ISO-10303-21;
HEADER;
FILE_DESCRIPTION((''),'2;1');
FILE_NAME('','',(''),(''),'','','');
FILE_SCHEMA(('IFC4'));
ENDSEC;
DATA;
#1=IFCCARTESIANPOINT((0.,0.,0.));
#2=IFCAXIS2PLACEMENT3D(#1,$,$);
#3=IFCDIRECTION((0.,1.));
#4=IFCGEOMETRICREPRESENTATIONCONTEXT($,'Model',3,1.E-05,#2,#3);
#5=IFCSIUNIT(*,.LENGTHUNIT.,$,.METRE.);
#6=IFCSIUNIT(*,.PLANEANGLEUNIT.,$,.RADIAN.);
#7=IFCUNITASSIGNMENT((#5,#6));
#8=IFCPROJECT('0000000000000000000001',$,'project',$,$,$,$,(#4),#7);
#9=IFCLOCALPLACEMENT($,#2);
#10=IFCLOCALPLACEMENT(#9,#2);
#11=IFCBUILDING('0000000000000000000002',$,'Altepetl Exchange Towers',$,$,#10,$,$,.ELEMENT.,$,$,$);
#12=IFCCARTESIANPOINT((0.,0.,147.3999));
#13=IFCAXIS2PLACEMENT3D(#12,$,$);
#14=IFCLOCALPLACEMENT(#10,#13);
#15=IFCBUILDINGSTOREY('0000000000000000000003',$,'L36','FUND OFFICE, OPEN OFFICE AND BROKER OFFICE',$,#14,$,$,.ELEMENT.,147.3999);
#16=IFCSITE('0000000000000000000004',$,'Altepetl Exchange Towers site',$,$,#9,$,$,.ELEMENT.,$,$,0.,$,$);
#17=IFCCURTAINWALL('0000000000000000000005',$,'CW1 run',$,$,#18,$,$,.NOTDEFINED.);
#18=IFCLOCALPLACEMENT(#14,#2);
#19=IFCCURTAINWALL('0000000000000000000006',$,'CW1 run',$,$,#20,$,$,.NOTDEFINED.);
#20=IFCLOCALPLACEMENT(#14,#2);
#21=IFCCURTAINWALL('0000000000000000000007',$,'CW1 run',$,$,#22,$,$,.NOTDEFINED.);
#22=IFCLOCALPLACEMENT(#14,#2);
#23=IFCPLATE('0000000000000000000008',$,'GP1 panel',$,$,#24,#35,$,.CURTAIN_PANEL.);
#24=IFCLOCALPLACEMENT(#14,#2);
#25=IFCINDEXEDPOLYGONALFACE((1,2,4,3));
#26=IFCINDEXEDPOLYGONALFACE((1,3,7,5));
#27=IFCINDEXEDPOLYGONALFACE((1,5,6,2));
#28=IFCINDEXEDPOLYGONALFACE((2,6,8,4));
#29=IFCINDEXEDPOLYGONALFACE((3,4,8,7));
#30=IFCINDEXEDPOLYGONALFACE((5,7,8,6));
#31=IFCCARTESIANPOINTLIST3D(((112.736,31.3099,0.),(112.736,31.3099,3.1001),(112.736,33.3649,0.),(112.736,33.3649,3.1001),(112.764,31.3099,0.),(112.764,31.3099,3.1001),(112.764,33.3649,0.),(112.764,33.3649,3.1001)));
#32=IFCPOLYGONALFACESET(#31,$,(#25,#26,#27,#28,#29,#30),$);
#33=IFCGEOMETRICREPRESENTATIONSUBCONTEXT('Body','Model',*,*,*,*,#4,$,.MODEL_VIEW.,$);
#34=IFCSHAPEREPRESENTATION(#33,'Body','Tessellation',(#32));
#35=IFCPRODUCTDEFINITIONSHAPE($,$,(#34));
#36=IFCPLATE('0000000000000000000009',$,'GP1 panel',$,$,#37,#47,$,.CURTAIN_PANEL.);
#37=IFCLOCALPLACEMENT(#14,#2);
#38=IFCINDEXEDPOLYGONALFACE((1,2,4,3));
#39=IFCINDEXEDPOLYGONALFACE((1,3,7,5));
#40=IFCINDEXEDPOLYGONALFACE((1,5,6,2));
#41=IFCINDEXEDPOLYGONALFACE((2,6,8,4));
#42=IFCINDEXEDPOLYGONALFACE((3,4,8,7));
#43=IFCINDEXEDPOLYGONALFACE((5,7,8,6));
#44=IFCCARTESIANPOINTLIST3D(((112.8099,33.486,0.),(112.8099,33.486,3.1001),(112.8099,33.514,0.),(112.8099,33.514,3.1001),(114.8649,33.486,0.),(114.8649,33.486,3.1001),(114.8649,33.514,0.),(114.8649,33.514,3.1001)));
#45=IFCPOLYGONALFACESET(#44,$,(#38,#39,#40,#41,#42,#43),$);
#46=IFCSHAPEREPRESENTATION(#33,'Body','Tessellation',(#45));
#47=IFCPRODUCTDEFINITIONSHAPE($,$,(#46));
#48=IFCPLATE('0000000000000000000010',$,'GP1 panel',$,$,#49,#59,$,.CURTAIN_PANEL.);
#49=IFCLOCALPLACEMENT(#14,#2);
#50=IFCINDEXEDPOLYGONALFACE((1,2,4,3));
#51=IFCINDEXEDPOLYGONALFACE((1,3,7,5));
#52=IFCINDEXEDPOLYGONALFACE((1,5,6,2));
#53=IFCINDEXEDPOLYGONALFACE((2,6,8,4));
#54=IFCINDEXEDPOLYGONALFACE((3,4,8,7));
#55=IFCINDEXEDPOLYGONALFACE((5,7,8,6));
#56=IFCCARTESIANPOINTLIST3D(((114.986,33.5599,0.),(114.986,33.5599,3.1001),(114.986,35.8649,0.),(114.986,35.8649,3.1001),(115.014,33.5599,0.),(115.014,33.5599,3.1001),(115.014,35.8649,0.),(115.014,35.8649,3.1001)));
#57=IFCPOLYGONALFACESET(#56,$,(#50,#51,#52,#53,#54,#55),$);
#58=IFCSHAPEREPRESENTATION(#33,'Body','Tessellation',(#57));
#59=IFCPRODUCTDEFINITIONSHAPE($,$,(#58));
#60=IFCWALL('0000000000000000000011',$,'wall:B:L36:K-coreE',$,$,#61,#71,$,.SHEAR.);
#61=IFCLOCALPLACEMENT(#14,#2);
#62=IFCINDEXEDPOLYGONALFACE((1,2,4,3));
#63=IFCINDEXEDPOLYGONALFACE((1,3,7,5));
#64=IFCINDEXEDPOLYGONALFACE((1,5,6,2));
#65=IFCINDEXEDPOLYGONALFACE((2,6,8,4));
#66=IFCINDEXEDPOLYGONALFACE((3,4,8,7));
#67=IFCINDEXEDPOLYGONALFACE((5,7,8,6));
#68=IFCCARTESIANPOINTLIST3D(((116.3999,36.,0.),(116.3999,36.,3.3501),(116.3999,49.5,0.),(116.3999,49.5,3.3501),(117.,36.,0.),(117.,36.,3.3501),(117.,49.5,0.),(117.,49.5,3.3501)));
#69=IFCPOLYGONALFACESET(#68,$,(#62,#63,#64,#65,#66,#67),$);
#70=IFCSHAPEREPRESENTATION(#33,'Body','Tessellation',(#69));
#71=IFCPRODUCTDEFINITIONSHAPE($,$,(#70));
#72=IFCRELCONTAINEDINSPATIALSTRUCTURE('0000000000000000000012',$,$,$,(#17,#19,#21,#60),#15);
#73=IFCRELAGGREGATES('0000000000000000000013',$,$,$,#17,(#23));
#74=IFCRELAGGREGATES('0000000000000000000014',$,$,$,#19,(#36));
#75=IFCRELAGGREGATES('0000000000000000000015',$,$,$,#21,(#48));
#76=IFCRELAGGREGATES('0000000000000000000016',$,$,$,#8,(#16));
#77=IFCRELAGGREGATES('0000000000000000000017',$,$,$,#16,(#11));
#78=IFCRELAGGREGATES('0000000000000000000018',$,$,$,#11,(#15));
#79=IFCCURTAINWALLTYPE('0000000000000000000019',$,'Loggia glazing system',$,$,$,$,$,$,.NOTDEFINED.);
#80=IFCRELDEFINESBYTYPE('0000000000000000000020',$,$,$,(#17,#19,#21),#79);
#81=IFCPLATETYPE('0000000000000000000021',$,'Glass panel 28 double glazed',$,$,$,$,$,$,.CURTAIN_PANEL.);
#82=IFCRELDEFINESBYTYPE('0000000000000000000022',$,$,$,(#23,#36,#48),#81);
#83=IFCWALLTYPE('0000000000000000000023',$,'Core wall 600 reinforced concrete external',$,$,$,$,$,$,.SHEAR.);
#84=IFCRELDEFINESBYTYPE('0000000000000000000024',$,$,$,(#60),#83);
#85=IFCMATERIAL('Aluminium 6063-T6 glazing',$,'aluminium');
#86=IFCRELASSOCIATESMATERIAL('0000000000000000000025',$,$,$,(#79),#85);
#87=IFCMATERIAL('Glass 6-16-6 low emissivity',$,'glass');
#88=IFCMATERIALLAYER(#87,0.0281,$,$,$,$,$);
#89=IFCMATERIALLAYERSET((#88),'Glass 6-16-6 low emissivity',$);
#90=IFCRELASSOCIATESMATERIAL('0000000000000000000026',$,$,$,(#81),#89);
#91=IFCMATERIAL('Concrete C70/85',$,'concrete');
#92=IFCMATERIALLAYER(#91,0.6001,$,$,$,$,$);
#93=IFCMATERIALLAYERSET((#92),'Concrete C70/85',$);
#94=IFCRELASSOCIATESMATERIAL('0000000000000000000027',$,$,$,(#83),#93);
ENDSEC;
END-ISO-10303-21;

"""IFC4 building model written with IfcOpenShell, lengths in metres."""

from ifc_helpers import new_model, si_unit, direction, frame, frame_2d, origin, origin_2d, place, context, subcontext, project, spatial, rectangle, extrude, material, layer, layer_set, type_object, element, aggregate, save


model = new_model("IFC4")

# Units and contexts
model_context = context("Model", 3, precision=1e-05, world=origin(), true_north=direction((0.0, 1.0)))
body_context = subcontext(model_context, "Body", "Model", "MODEL_VIEW")
ifc_project = project(units=[si_unit("LENGTHUNIT", "METRE"), si_unit("PLANEANGLEUNIT", "RADIAN")], contexts=[model_context])

# Site, building, storey
site_placement = place(None, origin())
site = spatial("IfcSite", under=ifc_project, at=site_placement, Name="Altepetl Exchange Towers site", CompositionType="ELEMENT", RefElevation=0.0)
building_placement = place(site_placement, origin())
building = spatial("IfcBuilding", under=site, at=building_placement, Name="Altepetl Exchange Towers", CompositionType="ELEMENT")
storey_placement = place(building_placement, frame((0.0, 0.0, 147.3999)))
storey = spatial("IfcBuildingStorey", under=building, at=storey_placement, Name="L36", Description="FUND OFFICE, OPEN OFFICE AND BROKER OFFICE", CompositionType="ELEMENT", Elevation=147.3999)

# Shared definitions
ifc_material_1 = material(Name="Aluminium 6063-T6 glazing", Category="aluminium")
curtain_wall_type = type_object("IfcCurtainWallType", Name="Loggia glazing system", PredefinedType="NOTDEFINED", material=ifc_material_1)

# Curtain walls
curtain_wall_1_placement = place(storey_placement, origin())
curtain_wall_1 = element("IfcCurtainWall", 1, at=curtain_wall_1_placement, inside=storey, type_object=curtain_wall_type, Name="CW1 run", PredefinedType="NOTDEFINED")
curtain_wall_2_placement = place(storey_placement, origin())
curtain_wall_2 = element("IfcCurtainWall", 2, at=curtain_wall_2_placement, inside=storey, type_object=curtain_wall_type, Name="CW1 run", PredefinedType="NOTDEFINED")
curtain_wall_3_placement = place(storey_placement, origin())
curtain_wall_3 = element("IfcCurtainWall", 3, at=curtain_wall_3_placement, inside=storey, type_object=curtain_wall_type, Name="CW1 run", PredefinedType="NOTDEFINED")

# Plates
ifc_material_2 = material(Name="Glass 6-16-6 low emissivity", Category="glass")
ifc_layer_1 = layer(ifc_material_2, 0.0281)
ifc_layer_set_1 = layer_set([ifc_layer_1], Name="Glass 6-16-6 low emissivity")
plate_type = type_object("IfcPlateType", Name="Glass panel 28 double glazed", PredefinedType="CURTAIN_PANEL", material=ifc_layer_set_1)
plate_1_placement = place(storey_placement, frame((112.75, 32.3374, 0.0), z_axis=(0.0, 0.0, 1.0), x_axis=(0.0, 1.0, 0.0)))
plate_1 = element("IfcPlate", 4, at=plate_1_placement, type_object=plate_type, Name="GP1 panel", PredefinedType="CURTAIN_PANEL", context=body_context, shape_type="SweptSolid", body=[
    extrude(rectangle(XDim=2.0549, YDim=0.0281, at=origin_2d()), origin(), (0.0, 0.0, 1.0), 3.1001),
])
aggregate(curtain_wall_1, [plate_1])
plate_2_placement = place(storey_placement, frame((113.8374, 33.5, 0.0)))
plate_2 = element("IfcPlate", 5, at=plate_2_placement, type_object=plate_type, Name="GP1 panel", PredefinedType="CURTAIN_PANEL", context=body_context, shape_type="SweptSolid", body=[
    extrude(rectangle(XDim=2.0549, YDim=0.0281, at=origin_2d()), origin(), (0.0, 0.0, 1.0), 3.1001),
])
aggregate(curtain_wall_2, [plate_2])
plate_3_placement = place(storey_placement, frame((115.0, 34.7124, 0.0), z_axis=(0.0, 0.0, 1.0), x_axis=(0.0, 1.0, 0.0)))
plate_3 = element("IfcPlate", 6, at=plate_3_placement, type_object=plate_type, Name="GP1 panel", PredefinedType="CURTAIN_PANEL", context=body_context, shape_type="SweptSolid", body=[
    extrude(rectangle(XDim=2.3049, YDim=0.0281, at=origin_2d()), origin(), (0.0, 0.0, 1.0), 3.1001),
])
aggregate(curtain_wall_3, [plate_3])

# Wall
ifc_material_3 = material(Name="Concrete C70/85", Category="concrete")
ifc_layer_2 = layer(ifc_material_3, 0.6001)
ifc_layer_set_2 = layer_set([ifc_layer_2], Name="Concrete C70/85")
wall_type = type_object("IfcWallType", Name="Core wall 600 reinforced concrete external", PredefinedType="SHEAR", material=ifc_layer_set_2)
wall_placement = place(storey_placement, frame((116.7, 36.0, 0.0), z_axis=(0.0, 0.0, 1.0), x_axis=(0.0, 1.0, 0.0)))
element("IfcWall", 7, at=wall_placement, inside=storey, type_object=wall_type, Name="wall:B:L36:K-coreE", PredefinedType="SHEAR", context=body_context, shape_type="SweptSolid", body=[
    extrude(rectangle(XDim=13.5, YDim=0.6001, at=frame_2d((6.75, 0.0))), origin(), (0.0, 0.0, 1.0), 3.3501),
])

save(model, "model.ifc")
